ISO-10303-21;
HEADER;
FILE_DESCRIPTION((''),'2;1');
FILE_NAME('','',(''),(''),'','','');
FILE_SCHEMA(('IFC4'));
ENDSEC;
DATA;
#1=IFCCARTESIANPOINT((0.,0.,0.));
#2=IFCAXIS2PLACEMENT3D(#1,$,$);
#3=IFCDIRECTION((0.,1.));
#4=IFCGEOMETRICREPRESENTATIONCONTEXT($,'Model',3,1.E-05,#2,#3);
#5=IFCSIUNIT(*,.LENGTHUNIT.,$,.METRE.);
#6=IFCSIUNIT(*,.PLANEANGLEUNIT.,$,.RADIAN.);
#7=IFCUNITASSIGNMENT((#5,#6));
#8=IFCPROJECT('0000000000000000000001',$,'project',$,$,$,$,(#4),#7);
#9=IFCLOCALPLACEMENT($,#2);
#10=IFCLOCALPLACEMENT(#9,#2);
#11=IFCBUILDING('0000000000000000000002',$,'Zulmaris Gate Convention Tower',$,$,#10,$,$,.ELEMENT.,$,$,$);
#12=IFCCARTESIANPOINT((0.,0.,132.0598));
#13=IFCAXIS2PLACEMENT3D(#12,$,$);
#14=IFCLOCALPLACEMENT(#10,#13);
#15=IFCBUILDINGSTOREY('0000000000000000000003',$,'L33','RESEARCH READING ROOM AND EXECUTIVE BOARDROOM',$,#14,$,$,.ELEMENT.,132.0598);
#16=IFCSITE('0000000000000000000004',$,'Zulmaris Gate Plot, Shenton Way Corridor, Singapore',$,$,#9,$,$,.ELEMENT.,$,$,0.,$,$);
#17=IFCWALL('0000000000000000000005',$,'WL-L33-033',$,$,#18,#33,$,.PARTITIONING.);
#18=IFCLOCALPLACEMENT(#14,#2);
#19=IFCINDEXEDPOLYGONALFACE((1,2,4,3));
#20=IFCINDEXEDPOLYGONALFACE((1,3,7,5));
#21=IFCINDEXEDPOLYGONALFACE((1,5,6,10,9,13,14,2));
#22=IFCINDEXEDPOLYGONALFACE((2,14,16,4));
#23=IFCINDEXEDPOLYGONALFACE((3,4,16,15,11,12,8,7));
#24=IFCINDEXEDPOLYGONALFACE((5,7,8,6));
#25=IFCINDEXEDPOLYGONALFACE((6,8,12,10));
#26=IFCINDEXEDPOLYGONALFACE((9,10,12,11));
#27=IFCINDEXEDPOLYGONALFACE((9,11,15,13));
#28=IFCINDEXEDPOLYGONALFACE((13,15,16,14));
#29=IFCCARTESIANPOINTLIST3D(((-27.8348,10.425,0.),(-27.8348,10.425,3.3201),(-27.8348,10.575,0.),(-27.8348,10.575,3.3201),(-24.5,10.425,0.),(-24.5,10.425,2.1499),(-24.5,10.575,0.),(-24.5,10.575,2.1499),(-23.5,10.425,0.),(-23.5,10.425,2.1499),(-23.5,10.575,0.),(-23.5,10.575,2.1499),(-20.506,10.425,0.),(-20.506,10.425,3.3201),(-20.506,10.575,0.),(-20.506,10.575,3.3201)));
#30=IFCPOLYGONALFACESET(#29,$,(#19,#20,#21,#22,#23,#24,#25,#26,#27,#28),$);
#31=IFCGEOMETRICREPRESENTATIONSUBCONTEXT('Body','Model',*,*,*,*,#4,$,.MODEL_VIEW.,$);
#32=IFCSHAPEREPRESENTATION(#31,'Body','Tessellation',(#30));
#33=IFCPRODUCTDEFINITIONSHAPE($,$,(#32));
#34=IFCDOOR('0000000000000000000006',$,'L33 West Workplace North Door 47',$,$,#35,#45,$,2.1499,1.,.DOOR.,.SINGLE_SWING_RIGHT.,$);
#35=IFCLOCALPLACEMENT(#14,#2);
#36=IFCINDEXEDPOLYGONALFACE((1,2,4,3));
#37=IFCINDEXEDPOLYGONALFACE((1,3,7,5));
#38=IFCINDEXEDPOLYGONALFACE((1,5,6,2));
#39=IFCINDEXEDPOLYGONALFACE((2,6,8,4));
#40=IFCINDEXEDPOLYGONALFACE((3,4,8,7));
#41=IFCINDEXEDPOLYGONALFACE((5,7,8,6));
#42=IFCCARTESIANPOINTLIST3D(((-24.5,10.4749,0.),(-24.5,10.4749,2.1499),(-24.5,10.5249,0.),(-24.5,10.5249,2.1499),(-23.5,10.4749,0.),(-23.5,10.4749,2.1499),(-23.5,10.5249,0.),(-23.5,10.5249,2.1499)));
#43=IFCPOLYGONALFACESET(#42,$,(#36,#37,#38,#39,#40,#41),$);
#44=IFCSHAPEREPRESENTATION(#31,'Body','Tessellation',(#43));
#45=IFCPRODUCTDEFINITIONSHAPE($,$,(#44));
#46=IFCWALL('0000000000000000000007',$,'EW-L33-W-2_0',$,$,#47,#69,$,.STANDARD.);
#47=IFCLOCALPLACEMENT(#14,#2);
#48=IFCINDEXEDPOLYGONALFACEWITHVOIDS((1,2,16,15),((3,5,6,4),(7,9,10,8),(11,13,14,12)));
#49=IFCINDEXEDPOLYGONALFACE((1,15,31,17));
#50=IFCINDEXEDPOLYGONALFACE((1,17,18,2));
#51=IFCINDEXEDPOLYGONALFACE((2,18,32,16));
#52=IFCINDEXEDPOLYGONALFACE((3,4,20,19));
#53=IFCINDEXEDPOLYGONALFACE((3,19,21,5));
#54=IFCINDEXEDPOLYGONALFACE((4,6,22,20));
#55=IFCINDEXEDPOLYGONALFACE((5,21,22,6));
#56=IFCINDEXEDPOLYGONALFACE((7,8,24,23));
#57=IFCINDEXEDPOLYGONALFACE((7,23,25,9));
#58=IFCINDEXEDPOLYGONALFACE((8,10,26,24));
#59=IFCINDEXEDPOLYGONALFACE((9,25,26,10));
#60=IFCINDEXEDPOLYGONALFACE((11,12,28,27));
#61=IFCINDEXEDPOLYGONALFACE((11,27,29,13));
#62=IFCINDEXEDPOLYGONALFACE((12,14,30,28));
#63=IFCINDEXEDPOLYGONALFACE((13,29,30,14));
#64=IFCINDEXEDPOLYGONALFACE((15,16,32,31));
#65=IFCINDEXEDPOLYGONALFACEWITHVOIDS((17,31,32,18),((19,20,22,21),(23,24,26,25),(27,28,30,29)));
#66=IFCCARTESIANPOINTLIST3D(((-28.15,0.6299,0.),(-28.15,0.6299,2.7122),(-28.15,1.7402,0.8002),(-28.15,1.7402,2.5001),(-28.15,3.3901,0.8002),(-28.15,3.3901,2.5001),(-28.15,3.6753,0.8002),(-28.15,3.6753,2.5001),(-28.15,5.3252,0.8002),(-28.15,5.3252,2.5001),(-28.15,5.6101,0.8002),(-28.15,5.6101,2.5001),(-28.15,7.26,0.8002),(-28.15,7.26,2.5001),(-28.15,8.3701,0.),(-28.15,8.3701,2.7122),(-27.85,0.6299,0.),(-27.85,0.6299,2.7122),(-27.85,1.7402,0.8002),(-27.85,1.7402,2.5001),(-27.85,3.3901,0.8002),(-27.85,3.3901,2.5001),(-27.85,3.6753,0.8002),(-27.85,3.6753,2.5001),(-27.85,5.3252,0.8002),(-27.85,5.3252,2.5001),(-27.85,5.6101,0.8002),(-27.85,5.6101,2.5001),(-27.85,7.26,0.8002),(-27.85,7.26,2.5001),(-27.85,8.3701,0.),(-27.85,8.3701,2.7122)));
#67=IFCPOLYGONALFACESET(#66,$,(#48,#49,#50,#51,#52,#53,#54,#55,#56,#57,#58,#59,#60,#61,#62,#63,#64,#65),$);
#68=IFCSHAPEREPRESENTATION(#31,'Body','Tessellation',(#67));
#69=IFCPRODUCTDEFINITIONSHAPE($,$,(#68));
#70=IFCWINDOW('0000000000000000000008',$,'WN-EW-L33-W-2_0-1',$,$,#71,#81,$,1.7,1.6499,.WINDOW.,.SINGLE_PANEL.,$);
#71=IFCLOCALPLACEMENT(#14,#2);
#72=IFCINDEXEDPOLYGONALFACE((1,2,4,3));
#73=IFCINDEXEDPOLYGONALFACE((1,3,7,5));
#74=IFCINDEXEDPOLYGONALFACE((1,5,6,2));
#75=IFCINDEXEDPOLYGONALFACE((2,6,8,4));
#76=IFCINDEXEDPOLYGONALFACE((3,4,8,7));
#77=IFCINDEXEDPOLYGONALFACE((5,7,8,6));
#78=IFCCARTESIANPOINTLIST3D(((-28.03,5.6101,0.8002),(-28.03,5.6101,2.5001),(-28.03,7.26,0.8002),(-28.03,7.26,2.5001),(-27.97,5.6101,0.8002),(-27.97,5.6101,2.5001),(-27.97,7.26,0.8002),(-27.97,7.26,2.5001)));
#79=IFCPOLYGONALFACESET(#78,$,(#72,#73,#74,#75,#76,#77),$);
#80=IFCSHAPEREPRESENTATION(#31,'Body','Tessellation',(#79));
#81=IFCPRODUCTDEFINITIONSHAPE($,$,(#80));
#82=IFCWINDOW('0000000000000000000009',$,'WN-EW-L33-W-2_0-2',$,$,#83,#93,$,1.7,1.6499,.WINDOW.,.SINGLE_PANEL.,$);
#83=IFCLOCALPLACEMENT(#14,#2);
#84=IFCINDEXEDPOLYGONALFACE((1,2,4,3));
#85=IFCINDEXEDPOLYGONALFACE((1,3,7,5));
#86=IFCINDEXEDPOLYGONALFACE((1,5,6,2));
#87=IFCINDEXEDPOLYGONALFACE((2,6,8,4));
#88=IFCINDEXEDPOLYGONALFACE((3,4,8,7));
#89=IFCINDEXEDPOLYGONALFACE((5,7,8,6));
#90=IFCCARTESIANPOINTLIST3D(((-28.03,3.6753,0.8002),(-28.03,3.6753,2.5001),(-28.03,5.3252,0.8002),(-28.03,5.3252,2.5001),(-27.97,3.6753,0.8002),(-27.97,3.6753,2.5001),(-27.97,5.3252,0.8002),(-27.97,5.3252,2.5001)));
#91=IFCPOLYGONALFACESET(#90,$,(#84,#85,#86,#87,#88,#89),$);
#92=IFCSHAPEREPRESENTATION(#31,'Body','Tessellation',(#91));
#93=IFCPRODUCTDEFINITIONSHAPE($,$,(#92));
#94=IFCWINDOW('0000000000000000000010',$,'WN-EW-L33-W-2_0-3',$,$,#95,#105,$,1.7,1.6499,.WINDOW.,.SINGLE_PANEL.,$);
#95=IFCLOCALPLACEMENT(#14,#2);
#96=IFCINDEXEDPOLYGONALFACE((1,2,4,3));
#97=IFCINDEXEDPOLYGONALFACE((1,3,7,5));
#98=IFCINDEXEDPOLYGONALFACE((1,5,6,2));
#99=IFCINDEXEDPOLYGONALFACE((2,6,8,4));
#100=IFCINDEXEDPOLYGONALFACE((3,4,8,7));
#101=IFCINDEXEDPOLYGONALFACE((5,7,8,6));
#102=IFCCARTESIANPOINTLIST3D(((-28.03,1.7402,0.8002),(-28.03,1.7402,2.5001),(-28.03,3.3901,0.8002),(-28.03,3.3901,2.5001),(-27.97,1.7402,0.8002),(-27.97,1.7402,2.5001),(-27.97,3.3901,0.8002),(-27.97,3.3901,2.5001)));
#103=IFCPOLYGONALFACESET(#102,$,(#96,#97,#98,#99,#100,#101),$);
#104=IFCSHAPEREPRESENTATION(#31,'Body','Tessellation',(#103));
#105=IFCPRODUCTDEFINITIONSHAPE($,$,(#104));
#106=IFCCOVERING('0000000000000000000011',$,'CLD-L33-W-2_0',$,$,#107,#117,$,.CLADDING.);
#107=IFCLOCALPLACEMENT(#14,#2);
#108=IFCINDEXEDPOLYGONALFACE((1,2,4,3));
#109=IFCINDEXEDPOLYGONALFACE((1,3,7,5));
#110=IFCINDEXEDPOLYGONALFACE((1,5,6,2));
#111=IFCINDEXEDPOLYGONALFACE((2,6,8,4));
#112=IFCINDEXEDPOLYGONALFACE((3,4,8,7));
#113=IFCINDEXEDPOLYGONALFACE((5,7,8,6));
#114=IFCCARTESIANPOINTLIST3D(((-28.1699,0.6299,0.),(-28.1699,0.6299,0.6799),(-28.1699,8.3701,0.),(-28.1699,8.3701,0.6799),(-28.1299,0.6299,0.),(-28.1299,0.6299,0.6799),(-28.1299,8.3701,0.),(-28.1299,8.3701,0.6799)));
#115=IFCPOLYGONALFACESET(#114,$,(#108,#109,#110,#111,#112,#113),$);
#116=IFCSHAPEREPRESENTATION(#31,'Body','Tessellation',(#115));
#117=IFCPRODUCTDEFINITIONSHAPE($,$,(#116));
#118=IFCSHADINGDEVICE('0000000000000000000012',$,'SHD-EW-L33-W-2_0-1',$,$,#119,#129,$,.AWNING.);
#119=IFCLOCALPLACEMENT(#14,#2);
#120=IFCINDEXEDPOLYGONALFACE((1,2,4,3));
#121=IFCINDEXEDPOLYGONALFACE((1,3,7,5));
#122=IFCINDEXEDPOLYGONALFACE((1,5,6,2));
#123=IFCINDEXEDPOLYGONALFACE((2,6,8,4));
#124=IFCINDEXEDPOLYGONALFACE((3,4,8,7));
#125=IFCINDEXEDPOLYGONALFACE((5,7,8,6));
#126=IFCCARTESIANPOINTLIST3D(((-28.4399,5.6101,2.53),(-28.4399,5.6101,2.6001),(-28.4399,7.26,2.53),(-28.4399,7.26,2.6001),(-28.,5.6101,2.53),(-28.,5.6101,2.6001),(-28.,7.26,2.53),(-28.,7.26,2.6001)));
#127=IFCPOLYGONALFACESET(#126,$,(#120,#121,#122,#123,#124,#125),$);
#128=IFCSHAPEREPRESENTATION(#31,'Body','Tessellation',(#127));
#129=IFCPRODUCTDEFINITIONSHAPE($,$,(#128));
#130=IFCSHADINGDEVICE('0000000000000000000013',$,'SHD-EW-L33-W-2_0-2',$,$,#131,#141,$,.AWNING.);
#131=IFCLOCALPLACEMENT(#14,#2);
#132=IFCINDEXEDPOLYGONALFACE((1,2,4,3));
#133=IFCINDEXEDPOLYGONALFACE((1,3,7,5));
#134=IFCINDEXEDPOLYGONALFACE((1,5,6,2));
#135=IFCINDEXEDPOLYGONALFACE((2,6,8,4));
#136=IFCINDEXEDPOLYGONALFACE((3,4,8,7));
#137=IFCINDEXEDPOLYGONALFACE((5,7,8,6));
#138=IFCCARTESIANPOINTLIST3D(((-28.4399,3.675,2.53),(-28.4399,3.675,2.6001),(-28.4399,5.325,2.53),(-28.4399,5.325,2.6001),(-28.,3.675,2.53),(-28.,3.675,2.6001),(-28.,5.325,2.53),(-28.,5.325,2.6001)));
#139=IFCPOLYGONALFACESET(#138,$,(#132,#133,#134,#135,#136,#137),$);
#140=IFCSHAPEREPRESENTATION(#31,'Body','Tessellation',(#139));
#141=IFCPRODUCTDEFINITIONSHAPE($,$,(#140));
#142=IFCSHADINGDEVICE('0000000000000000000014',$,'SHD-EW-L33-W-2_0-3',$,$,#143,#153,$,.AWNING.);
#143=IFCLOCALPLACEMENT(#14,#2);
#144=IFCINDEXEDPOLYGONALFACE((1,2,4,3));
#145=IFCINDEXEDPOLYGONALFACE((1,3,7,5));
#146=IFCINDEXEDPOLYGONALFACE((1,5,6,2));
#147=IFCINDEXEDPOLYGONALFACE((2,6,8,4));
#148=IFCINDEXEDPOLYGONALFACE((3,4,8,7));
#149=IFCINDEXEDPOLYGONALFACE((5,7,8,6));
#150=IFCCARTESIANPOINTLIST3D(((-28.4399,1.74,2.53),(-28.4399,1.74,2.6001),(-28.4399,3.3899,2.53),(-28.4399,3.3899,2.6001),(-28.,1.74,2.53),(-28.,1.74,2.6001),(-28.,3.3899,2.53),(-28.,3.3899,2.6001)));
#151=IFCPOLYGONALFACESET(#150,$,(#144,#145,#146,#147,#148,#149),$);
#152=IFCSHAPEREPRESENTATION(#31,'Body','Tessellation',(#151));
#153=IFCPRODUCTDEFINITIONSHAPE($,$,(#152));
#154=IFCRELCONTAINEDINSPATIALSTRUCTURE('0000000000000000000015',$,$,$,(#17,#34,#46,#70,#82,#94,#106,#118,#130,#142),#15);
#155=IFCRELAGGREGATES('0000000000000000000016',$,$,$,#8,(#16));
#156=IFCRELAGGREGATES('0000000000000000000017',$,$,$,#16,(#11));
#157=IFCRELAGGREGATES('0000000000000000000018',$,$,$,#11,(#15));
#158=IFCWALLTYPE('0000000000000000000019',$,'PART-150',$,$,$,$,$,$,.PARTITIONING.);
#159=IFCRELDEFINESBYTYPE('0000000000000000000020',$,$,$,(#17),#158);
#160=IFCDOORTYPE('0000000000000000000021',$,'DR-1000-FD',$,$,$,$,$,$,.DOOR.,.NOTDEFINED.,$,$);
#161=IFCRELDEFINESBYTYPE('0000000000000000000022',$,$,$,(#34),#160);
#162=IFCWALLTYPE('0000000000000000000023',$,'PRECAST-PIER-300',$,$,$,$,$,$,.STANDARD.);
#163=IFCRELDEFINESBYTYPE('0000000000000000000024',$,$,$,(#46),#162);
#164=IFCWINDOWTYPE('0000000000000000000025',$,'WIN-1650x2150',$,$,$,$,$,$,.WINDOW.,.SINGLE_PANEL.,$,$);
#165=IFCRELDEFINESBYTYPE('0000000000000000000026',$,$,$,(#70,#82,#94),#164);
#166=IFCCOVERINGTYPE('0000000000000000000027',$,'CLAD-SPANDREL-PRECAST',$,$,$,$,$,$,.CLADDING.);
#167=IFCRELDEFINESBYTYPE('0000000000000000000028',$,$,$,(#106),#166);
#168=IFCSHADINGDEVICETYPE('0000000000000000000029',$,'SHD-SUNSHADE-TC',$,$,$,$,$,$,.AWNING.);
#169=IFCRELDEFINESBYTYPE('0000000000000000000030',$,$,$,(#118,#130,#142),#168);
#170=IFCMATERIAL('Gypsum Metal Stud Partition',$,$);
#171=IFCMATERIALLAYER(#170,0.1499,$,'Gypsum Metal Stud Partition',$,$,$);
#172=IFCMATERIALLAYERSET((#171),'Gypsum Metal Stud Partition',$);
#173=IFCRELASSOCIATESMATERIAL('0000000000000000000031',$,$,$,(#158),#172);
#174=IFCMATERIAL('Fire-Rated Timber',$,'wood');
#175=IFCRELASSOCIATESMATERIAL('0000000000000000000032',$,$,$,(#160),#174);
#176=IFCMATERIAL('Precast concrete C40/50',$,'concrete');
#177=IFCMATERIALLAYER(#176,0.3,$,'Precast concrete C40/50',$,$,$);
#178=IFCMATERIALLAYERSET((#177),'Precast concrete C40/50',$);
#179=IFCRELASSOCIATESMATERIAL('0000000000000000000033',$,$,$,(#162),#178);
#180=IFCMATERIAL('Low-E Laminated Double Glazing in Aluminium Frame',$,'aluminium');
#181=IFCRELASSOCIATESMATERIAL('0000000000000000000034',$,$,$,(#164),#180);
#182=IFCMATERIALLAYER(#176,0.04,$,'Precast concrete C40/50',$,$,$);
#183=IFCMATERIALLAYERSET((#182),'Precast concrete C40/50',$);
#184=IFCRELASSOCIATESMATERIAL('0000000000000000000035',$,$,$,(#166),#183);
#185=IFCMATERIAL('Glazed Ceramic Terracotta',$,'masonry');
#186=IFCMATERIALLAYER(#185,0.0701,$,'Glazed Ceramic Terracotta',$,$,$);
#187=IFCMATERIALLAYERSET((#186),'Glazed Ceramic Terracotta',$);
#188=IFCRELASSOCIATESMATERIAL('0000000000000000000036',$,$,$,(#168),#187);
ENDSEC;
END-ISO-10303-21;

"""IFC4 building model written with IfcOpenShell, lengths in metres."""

from ifc_helpers import new_model, si_unit, direction, frame, frame_2d, origin, place, context, subcontext, project, spatial, rectangle, extrude, material, layer, layer_set, type_object, element, fill, save


model = new_model("IFC4")

# Units and contexts
model_context = context("Model", 3, precision=1e-05, world=origin(), true_north=direction((0.0, 1.0)))
body_context = subcontext(model_context, "Body", "Model", "MODEL_VIEW")
ifc_project = project(units=[si_unit("LENGTHUNIT", "METRE"), si_unit("PLANEANGLEUNIT", "RADIAN")], contexts=[model_context])

# Site, building, storey
site_placement = place(None, origin())
site = spatial("IfcSite", under=ifc_project, at=site_placement, Name="Zulmaris Gate Plot, Shenton Way Corridor, Singapore", CompositionType="ELEMENT", RefElevation=0.0)
building_placement = place(site_placement, origin())
building = spatial("IfcBuilding", under=site, at=building_placement, Name="Zulmaris Gate Convention Tower", CompositionType="ELEMENT")
storey_placement = place(building_placement, frame((0.0, 0.0, 132.0598)))
storey = spatial("IfcBuildingStorey", under=building, at=storey_placement, Name="L33", Description="RESEARCH READING ROOM AND EXECUTIVE BOARDROOM", CompositionType="ELEMENT", Elevation=132.0598)

# Wall, opening, door
ifc_material_1 = material(Name="Gypsum Metal Stud Partition")
ifc_layer_1 = layer(ifc_material_1, 0.1499, Name="Gypsum Metal Stud Partition")
ifc_layer_set_1 = layer_set([ifc_layer_1], Name="Gypsum Metal Stud Partition")
wall_type_1 = type_object("IfcWallType", Name="PART-150", PredefinedType="PARTITIONING", material=ifc_layer_set_1)
wall_1_placement = place(storey_placement, frame((-27.835, 10.5, 0.0), z_axis=(0.0, 0.0, 1.0), x_axis=(1.0, 0.0, 0.0)))
wall_1 = element("IfcWall", 1, at=wall_1_placement, inside=storey, type_object=wall_type_1, Name="WL-L33-033", PredefinedType="PARTITIONING", context=body_context, shape_type="SweptSolid", body=[
    extrude(rectangle(XDim=7.3289, YDim=0.1499, at=frame_2d((3.6646, 0.0))), origin(), (0.0, 0.0, 1.0), 3.3201),
])
opening_1_placement = place(wall_1_placement, frame((3.335, 0.0, 0.0)))
opening_1 = element("IfcOpeningElement", 2, at=opening_1_placement, cuts=wall_1, PredefinedType="OPENING", context=body_context, shape_type="SweptSolid", body=[
    extrude(rectangle(XDim=1.0, YDim=2.1499, at=frame_2d((0.5, 1.075))), frame((0.0, 0.085, 0.0), z_axis=(0.0, -1.0, 0.0), x_axis=(1.0, 0.0, 0.0)), (0.0, 0.0, 1.0), 0.1699),
])
ifc_material_2 = material(Name="Fire-Rated Timber", Category="wood")
door_type = type_object("IfcDoorType", Name="DR-1000-FD", OperationType="NOTDEFINED", PredefinedType="DOOR", material=ifc_material_2)
door_placement = place(opening_1_placement, origin())
door = element("IfcDoor", 3, at=door_placement, inside=storey, type_object=door_type, Name="L33 West Workplace North Door 47", OperationType="SINGLE_SWING_RIGHT", OverallHeight=2.1499, OverallWidth=1.0, PredefinedType="DOOR", context=body_context, shape_type="SweptSolid", body=[
    extrude(rectangle(XDim=1.0, YDim=2.1499, at=frame_2d((0.5, 1.075))), frame((0.0, 0.0249, 0.0), z_axis=(0.0, -1.0, 0.0), x_axis=(1.0, 0.0, 0.0)), (0.0, 0.0, 1.0), 0.05),
])
fill(opening_1, door)

# Wall, openings, windows
ifc_material_3 = material(Name="Precast concrete C40/50", Category="concrete")
ifc_layer_2 = layer(ifc_material_3, 0.3, Name="Precast concrete C40/50")
ifc_layer_set_2 = layer_set([ifc_layer_2], Name="Precast concrete C40/50")
wall_type_2 = type_object("IfcWallType", Name="PRECAST-PIER-300", PredefinedType="STANDARD", material=ifc_layer_set_2)
wall_2_placement = place(storey_placement, frame((-28.0, 8.3701, 0.0), z_axis=(0.0, 0.0, 1.0), x_axis=(0.0, -1.0, 0.0)))
wall_2 = element("IfcWall", 4, at=wall_2_placement, inside=storey, type_object=wall_type_2, Name="EW-L33-W-2_0", PredefinedType="STANDARD", context=body_context, shape_type="SweptSolid", body=[
    extrude(rectangle(XDim=7.7402, YDim=0.3, at=frame_2d((3.8701, 0.0))), origin(), (0.0, 0.0, 1.0), 2.7122),
])
opening_2_placement = place(wall_2_placement, frame((1.1101, 0.0, 0.8)))
opening_2 = element("IfcOpeningElement", 5, at=opening_2_placement, cuts=wall_2, PredefinedType="OPENING", context=body_context, shape_type="SweptSolid", body=[
    extrude(rectangle(XDim=1.6499, YDim=1.7, at=frame_2d((0.825, 0.8501))), frame((0.0, 0.1602, 0.0), z_axis=(0.0, -1.0, 0.0), x_axis=(1.0, 0.0, 0.0)), (0.0, 0.0, 1.0), 0.3201),
])
opening_3_placement = place(wall_2_placement, frame((3.0449, 0.0, 0.8)))
opening_3 = element("IfcOpeningElement", 6, at=opening_3_placement, cuts=wall_2, PredefinedType="OPENING", context=body_context, shape_type="SweptSolid", body=[
    extrude(rectangle(XDim=1.6499, YDim=1.7, at=frame_2d((0.825, 0.8501))), frame((0.0, 0.1602, 0.0), z_axis=(0.0, -1.0, 0.0), x_axis=(1.0, 0.0, 0.0)), (0.0, 0.0, 1.0), 0.3201),
])
opening_4_placement = place(wall_2_placement, frame((4.98, 0.0, 0.8)))
opening_4 = element("IfcOpeningElement", 7, at=opening_4_placement, cuts=wall_2, PredefinedType="OPENING", context=body_context, shape_type="SweptSolid", body=[
    extrude(rectangle(XDim=1.6499, YDim=1.7, at=frame_2d((0.825, 0.8501))), frame((0.0, 0.1602, 0.0), z_axis=(0.0, -1.0, 0.0), x_axis=(1.0, 0.0, 0.0)), (0.0, 0.0, 1.0), 0.3201),
])
ifc_material_4 = material(Name="Low-E Laminated Double Glazing in Aluminium Frame", Category="aluminium")
window_type = type_object("IfcWindowType", Name="WIN-1650x2150", PartitioningType="SINGLE_PANEL", PredefinedType="WINDOW", material=ifc_material_4)
window_1_placement = place(opening_2_placement, origin())
window_1 = element("IfcWindow", 8, at=window_1_placement, inside=storey, type_object=window_type, Name="WN-EW-L33-W-2_0-1", OverallHeight=1.7, OverallWidth=1.6499, PartitioningType="SINGLE_PANEL", PredefinedType="WINDOW", context=body_context, shape_type="SweptSolid", body=[
    extrude(rectangle(XDim=1.6499, YDim=1.7, at=frame_2d((0.825, 0.8501))), frame((0.0, 0.03, 0.0), z_axis=(0.0, -1.0, 0.0), x_axis=(1.0, 0.0, 0.0)), (0.0, 0.0, 1.0), 0.0601),
])
fill(opening_2, window_1)
window_2_placement = place(opening_3_placement, origin())
window_2 = element("IfcWindow", 9, at=window_2_placement, inside=storey, type_object=window_type, Name="WN-EW-L33-W-2_0-2", OverallHeight=1.7, OverallWidth=1.6499, PartitioningType="SINGLE_PANEL", PredefinedType="WINDOW", context=body_context, shape_type="SweptSolid", body=[
    extrude(rectangle(XDim=1.6499, YDim=1.7, at=frame_2d((0.825, 0.8501))), frame((0.0, 0.03, 0.0), z_axis=(0.0, -1.0, 0.0), x_axis=(1.0, 0.0, 0.0)), (0.0, 0.0, 1.0), 0.0601),
])
fill(opening_3, window_2)
window_3_placement = place(opening_4_placement, origin())
window_3 = element("IfcWindow", 10, at=window_3_placement, inside=storey, type_object=window_type, Name="WN-EW-L33-W-2_0-3", OverallHeight=1.7, OverallWidth=1.6499, PartitioningType="SINGLE_PANEL", PredefinedType="WINDOW", context=body_context, shape_type="SweptSolid", body=[
    extrude(rectangle(XDim=1.6499, YDim=1.7, at=frame_2d((0.825, 0.8501))), frame((0.0, 0.03, 0.0), z_axis=(0.0, -1.0, 0.0), x_axis=(1.0, 0.0, 0.0)), (0.0, 0.0, 1.0), 0.0601),
])
fill(opening_4, window_3)

# Covering
ifc_layer_3 = layer(ifc_material_3, 0.04, Name="Precast concrete C40/50")
ifc_layer_set_3 = layer_set([ifc_layer_3], Name="Precast concrete C40/50")
covering_type = type_object("IfcCoveringType", Name="CLAD-SPANDREL-PRECAST", PredefinedType="CLADDING", material=ifc_layer_set_3)
covering_placement = place(storey_placement, frame((-28.1499, 8.3701, 0.0), z_axis=(0.0, 0.0, 1.0), x_axis=(0.0, -1.0, 0.0)))
element("IfcCovering", 11, at=covering_placement, inside=storey, type_object=covering_type, Name="CLD-L33-W-2_0", PredefinedType="CLADDING", context=body_context, shape_type="SweptSolid", body=[
    extrude(rectangle(XDim=7.7402, YDim=0.04, at=frame_2d((3.8701, 0.0))), origin(), (0.0, 0.0, 1.0), 0.6799),
])

# Shading devices
ifc_material_5 = material(Name="Glazed Ceramic Terracotta", Category="masonry")
ifc_layer_4 = layer(ifc_material_5, 0.0701, Name="Glazed Ceramic Terracotta")
ifc_layer_set_4 = layer_set([ifc_layer_4], Name="Glazed Ceramic Terracotta")
shading_device_type = type_object("IfcShadingDeviceType", Name="SHD-SUNSHADE-TC", PredefinedType="AWNING", material=ifc_layer_set_4)
for number, where, z_axis, x_axis, name in (
    (12, (-28.22, 7.26, 2.53), (0.0, 0.0, 1.0), (0.0, -1.0, 0.0), "SHD-EW-L33-W-2_0-1"),
    (13, (-28.22, 5.325, 2.53), (0.0, 0.0, 1.0), (0.0, -1.0, 0.0), "SHD-EW-L33-W-2_0-2"),
    (14, (-28.22, 3.3899, 2.53), (0.0, 0.0, 1.0), (0.0, -1.0, 0.0), "SHD-EW-L33-W-2_0-3"),
):
    element("IfcShadingDevice", number, at=place(storey_placement, frame(where, z_axis=z_axis, x_axis=x_axis)), inside=storey, type_object=shading_device_type, Name=name, PredefinedType="AWNING", context=body_context, shape_type="SweptSolid", body=[
        extrude(rectangle(XDim=1.6499, YDim=0.4399, at=frame_2d((0.825, 0.0))), origin(), (0.0, 0.0, 1.0), 0.0701),
    ])

save(model, "model.ifc")
